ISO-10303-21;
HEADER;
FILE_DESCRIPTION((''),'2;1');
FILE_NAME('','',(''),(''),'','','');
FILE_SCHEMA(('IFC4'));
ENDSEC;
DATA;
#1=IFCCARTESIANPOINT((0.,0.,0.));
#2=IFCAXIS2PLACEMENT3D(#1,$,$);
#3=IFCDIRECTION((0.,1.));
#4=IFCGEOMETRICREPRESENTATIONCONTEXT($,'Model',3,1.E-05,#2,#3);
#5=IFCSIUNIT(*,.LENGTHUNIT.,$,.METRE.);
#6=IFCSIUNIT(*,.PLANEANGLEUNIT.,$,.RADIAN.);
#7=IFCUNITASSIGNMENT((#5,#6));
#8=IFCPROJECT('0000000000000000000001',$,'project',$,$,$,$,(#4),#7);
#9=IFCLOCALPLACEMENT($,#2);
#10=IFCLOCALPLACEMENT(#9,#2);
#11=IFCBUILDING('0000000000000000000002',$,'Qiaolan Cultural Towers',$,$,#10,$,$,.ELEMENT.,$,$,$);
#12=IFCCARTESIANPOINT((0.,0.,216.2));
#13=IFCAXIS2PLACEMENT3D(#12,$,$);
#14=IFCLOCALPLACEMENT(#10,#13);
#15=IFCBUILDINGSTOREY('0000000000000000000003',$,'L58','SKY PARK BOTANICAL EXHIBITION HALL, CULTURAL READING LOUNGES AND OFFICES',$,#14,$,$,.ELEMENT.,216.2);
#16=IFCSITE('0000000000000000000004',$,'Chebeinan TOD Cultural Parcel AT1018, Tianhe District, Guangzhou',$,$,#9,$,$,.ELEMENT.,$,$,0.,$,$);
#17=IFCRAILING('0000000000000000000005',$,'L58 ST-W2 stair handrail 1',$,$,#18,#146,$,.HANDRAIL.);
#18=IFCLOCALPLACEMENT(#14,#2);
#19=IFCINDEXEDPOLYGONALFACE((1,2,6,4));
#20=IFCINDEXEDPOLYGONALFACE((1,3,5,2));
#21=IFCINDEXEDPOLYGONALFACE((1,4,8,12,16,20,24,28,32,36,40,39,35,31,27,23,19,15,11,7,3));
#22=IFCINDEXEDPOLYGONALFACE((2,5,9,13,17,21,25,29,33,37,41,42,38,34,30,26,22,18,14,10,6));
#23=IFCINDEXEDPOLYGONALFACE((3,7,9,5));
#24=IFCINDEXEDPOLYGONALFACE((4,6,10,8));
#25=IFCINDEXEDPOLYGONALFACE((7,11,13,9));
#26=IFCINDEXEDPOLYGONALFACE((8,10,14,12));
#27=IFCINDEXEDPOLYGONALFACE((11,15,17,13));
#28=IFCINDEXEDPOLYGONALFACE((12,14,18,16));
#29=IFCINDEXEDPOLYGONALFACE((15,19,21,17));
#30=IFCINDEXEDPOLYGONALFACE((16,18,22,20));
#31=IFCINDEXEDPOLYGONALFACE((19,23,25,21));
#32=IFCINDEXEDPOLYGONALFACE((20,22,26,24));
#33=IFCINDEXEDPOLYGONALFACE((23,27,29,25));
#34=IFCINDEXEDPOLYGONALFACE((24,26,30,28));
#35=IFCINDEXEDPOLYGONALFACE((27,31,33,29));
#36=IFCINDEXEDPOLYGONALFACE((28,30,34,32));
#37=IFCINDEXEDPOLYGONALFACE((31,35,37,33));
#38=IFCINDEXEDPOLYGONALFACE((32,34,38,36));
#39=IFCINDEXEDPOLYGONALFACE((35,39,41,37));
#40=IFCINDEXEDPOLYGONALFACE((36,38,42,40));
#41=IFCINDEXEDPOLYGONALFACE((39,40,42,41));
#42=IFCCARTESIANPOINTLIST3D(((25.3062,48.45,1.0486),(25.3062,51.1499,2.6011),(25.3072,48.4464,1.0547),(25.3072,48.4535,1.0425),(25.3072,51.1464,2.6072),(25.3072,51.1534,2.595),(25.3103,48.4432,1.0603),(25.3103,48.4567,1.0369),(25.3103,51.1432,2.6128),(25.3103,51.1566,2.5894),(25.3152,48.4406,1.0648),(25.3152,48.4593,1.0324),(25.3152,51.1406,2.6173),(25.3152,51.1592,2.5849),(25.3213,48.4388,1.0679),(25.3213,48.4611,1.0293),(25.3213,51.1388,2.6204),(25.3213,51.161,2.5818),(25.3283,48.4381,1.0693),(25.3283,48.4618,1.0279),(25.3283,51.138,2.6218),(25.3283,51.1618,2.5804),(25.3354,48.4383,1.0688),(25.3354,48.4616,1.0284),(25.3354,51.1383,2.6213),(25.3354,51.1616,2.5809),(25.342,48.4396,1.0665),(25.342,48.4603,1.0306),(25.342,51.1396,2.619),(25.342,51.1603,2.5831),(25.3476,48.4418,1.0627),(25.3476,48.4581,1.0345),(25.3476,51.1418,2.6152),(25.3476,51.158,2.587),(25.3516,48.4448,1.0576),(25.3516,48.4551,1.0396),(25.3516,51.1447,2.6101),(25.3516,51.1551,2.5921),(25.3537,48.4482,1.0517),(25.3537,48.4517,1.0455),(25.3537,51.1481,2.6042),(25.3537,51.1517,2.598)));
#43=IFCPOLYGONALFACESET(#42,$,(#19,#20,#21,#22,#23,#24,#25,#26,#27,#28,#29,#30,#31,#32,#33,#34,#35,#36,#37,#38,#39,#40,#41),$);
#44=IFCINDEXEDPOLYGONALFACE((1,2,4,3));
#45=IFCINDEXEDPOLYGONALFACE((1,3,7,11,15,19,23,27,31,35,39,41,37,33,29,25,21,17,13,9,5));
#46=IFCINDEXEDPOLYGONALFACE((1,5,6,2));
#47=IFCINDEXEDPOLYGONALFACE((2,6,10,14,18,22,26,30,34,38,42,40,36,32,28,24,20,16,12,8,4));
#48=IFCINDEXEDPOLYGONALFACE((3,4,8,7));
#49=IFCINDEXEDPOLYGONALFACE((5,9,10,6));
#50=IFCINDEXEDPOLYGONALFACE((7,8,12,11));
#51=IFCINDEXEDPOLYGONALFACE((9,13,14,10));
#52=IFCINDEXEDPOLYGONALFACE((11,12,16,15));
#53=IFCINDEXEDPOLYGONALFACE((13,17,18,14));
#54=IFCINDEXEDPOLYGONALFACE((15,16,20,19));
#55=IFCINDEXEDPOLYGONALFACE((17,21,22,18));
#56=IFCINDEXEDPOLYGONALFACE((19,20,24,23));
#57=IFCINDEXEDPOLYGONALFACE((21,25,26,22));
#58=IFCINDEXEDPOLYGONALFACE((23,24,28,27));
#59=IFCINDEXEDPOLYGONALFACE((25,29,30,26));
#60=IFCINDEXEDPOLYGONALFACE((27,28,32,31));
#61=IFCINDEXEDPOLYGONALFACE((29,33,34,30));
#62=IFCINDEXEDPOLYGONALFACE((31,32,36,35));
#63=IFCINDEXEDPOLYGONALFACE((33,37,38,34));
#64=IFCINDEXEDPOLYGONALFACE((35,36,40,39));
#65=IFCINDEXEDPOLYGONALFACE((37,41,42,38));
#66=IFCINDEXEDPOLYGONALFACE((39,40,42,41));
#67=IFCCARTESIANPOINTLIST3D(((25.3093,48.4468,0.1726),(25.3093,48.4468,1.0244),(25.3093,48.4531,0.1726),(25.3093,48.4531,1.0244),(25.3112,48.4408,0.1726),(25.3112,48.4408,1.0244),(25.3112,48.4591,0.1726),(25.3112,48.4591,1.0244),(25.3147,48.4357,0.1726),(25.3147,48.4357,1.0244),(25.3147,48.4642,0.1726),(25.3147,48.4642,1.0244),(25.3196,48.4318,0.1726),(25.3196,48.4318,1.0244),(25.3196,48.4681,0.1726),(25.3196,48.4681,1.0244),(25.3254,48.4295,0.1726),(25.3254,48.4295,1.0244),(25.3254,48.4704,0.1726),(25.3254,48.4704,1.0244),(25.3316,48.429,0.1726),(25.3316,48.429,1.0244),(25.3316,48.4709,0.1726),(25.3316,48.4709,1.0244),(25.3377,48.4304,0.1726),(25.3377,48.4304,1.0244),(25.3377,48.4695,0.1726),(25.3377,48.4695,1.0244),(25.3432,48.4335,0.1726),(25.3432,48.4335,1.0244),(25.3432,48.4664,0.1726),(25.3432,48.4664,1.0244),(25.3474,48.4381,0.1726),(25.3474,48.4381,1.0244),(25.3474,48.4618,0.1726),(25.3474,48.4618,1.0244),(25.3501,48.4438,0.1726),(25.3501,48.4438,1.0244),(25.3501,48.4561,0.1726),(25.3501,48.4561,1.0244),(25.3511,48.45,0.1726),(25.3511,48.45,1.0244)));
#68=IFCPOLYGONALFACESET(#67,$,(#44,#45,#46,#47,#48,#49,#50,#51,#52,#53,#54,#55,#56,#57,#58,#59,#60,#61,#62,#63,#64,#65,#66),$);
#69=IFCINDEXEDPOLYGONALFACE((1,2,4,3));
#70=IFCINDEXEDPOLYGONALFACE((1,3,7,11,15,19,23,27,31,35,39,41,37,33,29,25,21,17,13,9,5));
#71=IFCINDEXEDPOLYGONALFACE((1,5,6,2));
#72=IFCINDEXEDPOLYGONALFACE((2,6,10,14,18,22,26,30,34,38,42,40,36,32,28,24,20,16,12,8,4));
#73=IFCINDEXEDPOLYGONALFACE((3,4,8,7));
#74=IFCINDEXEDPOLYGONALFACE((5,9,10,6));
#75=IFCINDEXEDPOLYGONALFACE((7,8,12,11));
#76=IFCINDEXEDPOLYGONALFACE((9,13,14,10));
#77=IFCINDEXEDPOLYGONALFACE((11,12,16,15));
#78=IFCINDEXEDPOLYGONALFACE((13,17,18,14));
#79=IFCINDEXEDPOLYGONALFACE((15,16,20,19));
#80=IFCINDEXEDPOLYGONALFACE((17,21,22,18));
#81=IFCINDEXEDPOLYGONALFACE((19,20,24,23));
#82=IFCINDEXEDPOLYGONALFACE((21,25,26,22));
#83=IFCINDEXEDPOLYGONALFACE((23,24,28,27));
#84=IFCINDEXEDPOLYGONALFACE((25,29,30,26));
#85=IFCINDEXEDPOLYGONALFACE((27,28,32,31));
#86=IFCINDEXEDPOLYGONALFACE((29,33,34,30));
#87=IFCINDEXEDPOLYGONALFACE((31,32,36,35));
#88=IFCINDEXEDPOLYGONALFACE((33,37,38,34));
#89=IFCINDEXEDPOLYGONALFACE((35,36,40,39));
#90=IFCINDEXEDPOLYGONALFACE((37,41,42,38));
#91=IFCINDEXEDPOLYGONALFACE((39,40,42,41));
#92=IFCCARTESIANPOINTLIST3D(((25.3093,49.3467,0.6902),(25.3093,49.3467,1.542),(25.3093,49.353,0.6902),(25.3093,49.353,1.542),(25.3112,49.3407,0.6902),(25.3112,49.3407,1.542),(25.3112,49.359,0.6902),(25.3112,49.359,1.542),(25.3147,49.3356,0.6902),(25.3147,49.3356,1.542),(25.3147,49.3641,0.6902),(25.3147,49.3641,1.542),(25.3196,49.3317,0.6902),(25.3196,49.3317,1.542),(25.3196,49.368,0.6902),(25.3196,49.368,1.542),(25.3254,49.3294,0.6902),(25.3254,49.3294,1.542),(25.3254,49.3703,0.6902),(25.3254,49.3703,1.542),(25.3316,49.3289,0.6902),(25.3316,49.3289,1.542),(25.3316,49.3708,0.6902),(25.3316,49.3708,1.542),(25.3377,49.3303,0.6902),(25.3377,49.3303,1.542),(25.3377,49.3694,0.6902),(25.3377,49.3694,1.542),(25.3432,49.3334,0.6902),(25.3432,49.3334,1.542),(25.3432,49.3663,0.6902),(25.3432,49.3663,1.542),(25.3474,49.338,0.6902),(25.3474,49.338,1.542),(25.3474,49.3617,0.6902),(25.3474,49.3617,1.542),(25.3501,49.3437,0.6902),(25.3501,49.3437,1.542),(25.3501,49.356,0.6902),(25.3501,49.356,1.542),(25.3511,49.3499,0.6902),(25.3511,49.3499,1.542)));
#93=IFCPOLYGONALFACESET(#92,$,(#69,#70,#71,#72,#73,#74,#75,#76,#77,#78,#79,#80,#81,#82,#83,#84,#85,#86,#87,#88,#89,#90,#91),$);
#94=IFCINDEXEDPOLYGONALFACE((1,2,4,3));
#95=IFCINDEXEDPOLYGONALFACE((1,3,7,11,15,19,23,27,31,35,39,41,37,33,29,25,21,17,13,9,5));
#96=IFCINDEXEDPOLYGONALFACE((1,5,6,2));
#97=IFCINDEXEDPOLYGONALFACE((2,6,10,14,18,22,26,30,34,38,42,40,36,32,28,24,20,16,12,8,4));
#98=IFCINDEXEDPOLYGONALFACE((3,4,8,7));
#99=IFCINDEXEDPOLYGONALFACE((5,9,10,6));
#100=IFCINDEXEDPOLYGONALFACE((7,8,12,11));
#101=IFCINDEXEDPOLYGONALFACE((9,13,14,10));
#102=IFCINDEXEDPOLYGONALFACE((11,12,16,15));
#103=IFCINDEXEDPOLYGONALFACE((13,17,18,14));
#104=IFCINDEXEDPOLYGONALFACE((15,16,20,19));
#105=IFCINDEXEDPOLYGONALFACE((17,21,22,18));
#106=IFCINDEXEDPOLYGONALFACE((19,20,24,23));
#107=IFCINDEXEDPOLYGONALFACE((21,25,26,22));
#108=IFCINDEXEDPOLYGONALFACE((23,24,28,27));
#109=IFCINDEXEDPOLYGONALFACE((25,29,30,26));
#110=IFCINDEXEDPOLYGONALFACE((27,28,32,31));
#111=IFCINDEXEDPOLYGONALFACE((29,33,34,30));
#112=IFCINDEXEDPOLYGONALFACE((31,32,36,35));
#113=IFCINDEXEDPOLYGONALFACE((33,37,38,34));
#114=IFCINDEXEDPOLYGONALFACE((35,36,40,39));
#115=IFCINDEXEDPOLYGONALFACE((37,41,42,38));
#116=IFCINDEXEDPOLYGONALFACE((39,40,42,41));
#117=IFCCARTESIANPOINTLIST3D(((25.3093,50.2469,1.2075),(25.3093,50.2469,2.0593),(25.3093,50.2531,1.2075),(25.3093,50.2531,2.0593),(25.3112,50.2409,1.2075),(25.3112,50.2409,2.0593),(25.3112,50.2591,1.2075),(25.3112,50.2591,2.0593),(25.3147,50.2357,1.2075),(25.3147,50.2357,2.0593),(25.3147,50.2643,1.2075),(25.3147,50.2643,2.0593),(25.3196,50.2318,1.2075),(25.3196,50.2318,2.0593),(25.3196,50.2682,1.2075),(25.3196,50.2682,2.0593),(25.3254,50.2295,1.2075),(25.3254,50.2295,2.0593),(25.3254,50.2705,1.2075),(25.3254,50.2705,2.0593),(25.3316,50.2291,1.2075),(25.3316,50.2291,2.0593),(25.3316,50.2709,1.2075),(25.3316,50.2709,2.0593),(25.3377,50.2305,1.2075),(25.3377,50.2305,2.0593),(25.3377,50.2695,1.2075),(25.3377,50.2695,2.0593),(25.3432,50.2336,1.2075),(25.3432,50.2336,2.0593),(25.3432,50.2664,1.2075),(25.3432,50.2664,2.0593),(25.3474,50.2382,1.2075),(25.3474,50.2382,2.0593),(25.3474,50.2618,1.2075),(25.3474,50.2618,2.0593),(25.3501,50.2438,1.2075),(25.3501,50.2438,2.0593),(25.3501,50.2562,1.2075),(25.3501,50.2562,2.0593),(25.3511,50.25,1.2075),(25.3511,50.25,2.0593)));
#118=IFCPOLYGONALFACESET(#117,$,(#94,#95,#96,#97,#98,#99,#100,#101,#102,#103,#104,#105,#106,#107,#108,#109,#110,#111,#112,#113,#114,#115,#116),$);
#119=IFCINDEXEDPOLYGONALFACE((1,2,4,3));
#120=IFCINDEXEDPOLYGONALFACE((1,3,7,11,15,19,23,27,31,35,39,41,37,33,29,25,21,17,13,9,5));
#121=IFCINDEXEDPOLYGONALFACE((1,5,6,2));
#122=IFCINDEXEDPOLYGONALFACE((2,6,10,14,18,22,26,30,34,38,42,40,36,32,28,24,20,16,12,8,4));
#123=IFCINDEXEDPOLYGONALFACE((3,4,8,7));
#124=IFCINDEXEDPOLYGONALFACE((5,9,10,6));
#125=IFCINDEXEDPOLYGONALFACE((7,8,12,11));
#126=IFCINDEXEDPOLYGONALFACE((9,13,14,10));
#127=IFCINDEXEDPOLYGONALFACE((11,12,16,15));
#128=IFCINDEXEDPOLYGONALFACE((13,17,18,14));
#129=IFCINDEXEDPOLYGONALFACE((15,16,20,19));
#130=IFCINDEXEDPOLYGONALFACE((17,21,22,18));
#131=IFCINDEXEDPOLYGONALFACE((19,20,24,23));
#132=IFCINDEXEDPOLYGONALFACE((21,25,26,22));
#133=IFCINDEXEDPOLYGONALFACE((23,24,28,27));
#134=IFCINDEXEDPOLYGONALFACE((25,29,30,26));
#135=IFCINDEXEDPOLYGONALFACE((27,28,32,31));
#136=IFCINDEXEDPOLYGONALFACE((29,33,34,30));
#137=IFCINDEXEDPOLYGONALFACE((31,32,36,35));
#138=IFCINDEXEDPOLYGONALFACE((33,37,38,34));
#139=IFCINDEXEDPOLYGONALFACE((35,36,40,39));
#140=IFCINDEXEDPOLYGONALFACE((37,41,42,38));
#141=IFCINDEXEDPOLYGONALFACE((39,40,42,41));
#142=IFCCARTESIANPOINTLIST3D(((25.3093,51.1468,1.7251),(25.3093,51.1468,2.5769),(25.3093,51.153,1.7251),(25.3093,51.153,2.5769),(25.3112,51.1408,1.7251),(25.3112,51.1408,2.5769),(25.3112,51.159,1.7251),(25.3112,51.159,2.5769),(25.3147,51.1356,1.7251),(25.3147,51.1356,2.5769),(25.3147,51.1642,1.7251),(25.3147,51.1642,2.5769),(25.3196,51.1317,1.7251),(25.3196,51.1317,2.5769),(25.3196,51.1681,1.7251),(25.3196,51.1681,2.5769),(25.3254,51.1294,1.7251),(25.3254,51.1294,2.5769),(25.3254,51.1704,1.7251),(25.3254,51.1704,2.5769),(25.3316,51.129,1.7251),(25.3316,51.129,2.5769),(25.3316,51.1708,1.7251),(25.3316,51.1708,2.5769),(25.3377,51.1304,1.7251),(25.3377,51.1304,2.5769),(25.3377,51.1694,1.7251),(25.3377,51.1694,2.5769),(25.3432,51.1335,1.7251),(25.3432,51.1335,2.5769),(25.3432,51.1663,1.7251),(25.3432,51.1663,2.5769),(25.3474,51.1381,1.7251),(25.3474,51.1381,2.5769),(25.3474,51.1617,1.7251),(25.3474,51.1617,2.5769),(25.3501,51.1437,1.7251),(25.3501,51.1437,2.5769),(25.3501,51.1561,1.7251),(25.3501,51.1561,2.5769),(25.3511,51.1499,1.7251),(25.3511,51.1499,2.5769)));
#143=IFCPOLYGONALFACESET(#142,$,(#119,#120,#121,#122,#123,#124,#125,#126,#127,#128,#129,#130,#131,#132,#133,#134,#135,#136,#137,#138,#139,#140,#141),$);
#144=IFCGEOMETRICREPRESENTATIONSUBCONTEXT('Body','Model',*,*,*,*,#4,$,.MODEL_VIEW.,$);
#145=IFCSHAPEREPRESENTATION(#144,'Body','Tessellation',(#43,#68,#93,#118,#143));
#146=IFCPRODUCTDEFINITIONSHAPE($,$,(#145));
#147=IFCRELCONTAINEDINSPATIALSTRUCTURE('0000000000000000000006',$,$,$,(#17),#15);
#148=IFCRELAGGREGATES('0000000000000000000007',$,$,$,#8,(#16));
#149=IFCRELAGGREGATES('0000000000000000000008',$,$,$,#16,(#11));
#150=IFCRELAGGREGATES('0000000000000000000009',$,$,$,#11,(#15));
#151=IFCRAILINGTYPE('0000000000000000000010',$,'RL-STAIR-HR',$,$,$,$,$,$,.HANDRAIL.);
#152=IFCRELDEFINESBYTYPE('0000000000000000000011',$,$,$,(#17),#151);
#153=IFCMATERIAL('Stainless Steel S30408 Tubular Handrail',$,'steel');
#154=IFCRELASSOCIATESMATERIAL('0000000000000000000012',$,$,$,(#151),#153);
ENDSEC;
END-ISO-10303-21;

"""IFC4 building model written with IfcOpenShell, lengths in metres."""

from ifc_helpers import new_model, si_unit, direction, frame, origin, origin_2d, place, context, subcontext, project, spatial, circle, extrude, material, type_object, element, save


model = new_model("IFC4")

# Units and contexts
model_context = context("Model", 3, precision=1e-05, world=origin(), true_north=direction((0.0, 1.0)))
body_context = subcontext(model_context, "Body", "Model", "MODEL_VIEW")
ifc_project = project(units=[si_unit("LENGTHUNIT", "METRE"), si_unit("PLANEANGLEUNIT", "RADIAN")], contexts=[model_context])

# Site, building, storey
site_placement = place(None, origin())
site = spatial("IfcSite", under=ifc_project, at=site_placement, Name="Chebeinan TOD Cultural Parcel AT1018, Tianhe District, Guangzhou", CompositionType="ELEMENT", RefElevation=0.0)
building_placement = place(site_placement, origin())
building = spatial("IfcBuilding", under=site, at=building_placement, Name="Qiaolan Cultural Towers", CompositionType="ELEMENT")
storey_placement = place(building_placement, frame((0.0, 0.0, 216.2)))
storey = spatial("IfcBuildingStorey", under=building, at=storey_placement, Name="L58", Description="SKY PARK BOTANICAL EXHIBITION HALL, CULTURAL READING LOUNGES AND OFFICES", CompositionType="ELEMENT", Elevation=216.2)

# Railing
ifc_material_1 = material(Name="Stainless Steel S30408 Tubular Handrail", Category="steel")
railing_type_1 = type_object("IfcRailingType", Name="RL-STAIR-HR", PredefinedType="HANDRAIL", material=ifc_material_1)
railing_1_placement = place(storey_placement, frame((25.3301, 48.45, 0.1726)))
element("IfcRailing", 1, at=railing_1_placement, inside=storey, type_object=railing_type_1, Name="L58 ST-W2 stair handrail 1", PredefinedType="HANDRAIL", context=body_context, shape_type="SweptSolid", body=[
    extrude(circle(Radius=0.0239, at=origin_2d()), frame((0.0, 0.0, 0.876), z_axis=(0.0, 0.866904, 0.498476), x_axis=(-1.0, 0.0, 0.0)), (0.0, 0.0, 1.0), 3.1145),
    extrude(circle(Radius=0.021, at=origin_2d()), origin(), (0.0, 0.0, 1.0), 0.8518),
    extrude(circle(Radius=0.021, at=origin_2d()), frame((0.0, 0.8999, 0.5176)), (0.0, 0.0, 1.0), 0.8518),
    extrude(circle(Radius=0.021, at=origin_2d()), frame((0.0, 1.8, 1.0349)), (0.0, 0.0, 1.0), 0.8518),
    extrude(circle(Radius=0.021, at=origin_2d()), frame((0.0, 2.7, 1.5525)), (0.0, 0.0, 1.0), 0.8518),
])

save(model, "model.ifc")
